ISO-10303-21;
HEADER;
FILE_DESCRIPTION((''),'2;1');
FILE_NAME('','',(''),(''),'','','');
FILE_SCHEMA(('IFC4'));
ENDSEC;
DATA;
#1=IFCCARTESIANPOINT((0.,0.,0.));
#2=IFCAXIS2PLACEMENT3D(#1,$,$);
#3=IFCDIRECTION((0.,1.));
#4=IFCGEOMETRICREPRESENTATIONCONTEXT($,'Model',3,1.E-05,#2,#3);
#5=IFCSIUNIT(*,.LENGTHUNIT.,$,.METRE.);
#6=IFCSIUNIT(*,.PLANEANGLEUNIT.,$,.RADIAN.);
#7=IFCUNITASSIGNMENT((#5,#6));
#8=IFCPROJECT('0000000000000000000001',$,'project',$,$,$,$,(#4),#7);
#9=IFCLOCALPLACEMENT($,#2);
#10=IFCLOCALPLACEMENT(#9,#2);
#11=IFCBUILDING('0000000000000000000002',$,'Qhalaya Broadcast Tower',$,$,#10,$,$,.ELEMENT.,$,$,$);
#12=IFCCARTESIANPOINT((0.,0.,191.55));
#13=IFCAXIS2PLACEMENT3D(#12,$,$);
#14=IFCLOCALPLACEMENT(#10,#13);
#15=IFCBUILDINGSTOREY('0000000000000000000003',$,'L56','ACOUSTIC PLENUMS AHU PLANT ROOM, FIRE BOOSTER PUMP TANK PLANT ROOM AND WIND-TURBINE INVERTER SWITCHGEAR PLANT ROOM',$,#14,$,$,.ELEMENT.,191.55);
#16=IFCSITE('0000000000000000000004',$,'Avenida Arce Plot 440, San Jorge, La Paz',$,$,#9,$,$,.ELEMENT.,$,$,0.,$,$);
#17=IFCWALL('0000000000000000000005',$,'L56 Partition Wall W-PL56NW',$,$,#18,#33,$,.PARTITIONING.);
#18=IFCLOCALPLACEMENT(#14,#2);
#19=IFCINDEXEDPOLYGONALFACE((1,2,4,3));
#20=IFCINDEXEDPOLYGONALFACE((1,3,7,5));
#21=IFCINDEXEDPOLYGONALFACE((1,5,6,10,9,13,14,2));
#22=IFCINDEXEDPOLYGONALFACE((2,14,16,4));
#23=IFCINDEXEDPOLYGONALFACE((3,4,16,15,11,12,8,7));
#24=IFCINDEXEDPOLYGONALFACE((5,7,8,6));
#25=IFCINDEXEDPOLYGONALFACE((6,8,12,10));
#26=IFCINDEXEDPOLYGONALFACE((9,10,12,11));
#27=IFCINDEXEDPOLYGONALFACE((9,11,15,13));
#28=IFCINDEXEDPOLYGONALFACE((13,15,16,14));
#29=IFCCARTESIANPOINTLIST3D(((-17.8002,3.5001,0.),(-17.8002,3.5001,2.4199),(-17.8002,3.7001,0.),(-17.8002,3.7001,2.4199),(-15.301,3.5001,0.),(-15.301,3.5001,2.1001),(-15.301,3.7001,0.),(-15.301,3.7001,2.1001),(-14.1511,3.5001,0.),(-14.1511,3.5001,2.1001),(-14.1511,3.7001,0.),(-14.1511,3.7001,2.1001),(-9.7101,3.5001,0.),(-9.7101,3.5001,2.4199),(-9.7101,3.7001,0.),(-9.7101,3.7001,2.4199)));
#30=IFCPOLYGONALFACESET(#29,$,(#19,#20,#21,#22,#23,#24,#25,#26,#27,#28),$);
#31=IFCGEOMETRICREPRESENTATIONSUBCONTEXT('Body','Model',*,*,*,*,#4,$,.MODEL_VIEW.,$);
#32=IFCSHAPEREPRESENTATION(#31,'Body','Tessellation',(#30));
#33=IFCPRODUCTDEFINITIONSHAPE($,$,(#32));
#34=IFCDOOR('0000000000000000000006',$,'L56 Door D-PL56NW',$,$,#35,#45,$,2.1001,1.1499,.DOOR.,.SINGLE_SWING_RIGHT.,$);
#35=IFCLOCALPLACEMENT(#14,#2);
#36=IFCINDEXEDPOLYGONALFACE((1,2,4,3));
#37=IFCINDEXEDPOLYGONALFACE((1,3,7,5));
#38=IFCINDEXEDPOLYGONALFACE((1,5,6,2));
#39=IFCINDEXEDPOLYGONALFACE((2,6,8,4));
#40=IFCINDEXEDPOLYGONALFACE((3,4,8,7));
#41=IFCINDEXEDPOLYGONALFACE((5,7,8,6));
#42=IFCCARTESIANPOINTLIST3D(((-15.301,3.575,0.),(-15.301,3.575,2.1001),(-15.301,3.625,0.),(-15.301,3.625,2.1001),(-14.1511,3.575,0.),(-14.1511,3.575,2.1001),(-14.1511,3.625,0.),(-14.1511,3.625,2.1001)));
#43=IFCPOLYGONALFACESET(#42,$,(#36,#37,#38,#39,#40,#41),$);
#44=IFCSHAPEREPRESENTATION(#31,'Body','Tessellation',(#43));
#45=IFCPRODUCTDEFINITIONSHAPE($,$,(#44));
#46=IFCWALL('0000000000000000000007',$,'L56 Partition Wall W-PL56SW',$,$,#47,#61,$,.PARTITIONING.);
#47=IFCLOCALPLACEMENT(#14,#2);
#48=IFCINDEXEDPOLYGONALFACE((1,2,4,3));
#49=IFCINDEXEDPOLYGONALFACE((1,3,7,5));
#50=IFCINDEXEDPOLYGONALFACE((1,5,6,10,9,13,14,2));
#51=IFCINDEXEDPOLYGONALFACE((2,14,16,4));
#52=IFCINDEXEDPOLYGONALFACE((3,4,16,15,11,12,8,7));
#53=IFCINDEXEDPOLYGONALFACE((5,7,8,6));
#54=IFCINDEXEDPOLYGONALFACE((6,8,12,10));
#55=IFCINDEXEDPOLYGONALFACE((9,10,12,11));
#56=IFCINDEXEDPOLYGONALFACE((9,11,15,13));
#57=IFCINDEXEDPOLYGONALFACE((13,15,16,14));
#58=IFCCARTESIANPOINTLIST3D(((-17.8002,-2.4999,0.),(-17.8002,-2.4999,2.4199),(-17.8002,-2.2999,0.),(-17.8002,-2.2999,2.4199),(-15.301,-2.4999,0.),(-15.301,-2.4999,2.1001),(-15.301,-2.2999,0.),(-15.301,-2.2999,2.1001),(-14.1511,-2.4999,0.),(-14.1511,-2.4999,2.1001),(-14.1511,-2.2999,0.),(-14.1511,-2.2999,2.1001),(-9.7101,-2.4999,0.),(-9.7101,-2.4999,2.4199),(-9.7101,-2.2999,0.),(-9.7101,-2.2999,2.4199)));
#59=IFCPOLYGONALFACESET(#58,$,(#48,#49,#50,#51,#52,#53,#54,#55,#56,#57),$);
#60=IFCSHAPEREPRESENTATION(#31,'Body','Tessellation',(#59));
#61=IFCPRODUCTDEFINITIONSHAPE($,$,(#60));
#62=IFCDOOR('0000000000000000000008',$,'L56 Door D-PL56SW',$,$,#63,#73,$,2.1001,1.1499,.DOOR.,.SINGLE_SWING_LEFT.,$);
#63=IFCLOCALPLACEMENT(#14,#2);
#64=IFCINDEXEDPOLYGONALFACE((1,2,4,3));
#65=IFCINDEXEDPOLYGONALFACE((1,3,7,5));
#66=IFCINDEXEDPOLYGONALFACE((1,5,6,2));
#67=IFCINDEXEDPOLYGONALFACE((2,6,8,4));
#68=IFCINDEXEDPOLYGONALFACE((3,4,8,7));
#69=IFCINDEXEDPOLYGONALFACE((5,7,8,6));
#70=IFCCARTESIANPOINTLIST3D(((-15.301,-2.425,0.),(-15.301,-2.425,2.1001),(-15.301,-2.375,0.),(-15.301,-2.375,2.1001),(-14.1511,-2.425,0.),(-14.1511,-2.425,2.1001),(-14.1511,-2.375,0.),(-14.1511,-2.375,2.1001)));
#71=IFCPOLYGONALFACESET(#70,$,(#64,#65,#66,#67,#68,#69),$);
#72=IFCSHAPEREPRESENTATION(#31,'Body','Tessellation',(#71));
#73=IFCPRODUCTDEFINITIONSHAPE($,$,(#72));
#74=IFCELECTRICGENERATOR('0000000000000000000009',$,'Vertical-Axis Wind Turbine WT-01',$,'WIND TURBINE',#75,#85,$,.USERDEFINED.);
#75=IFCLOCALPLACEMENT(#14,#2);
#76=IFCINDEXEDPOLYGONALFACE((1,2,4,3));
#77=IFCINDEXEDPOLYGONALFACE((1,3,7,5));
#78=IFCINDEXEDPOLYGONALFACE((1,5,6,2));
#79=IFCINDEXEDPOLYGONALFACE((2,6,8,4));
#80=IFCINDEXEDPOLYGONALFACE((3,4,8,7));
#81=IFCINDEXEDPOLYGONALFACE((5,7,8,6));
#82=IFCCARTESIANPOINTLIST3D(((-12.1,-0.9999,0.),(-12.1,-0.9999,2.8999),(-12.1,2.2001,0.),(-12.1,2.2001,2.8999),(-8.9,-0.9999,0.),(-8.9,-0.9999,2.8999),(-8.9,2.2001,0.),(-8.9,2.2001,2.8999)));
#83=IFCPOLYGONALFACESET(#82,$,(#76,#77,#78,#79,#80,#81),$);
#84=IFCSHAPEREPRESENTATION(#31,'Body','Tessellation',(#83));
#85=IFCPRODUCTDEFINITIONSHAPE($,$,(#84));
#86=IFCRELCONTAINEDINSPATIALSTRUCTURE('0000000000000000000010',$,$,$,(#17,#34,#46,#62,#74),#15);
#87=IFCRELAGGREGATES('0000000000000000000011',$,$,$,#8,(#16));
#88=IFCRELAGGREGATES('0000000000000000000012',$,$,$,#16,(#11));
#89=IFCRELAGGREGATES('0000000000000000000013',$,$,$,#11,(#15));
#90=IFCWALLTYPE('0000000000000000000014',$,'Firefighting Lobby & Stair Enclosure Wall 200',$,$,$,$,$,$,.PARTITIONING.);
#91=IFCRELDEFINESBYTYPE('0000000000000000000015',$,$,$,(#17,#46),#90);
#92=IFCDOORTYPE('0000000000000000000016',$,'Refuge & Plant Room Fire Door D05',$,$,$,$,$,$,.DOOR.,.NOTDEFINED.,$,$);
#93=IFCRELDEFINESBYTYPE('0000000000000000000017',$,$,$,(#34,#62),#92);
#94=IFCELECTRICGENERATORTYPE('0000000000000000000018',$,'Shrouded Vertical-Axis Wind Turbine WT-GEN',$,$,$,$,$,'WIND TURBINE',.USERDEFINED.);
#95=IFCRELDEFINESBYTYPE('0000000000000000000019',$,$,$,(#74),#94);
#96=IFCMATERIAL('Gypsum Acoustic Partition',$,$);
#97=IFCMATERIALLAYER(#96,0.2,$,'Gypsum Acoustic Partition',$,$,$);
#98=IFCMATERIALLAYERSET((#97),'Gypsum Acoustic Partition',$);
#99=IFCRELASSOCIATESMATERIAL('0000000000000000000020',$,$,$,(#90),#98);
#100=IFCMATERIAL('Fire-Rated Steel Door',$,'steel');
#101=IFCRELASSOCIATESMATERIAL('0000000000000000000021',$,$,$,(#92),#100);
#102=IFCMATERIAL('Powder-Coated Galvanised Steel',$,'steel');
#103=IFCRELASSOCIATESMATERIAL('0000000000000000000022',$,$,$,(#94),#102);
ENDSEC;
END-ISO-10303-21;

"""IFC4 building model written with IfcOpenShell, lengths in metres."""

from ifc_helpers import new_model, si_unit, direction, frame, frame_2d, origin, origin_2d, place, context, subcontext, project, spatial, rectangle, extrude, material, layer, layer_set, type_object, element, fill, save


model = new_model("IFC4")

# Units and contexts
model_context = context("Model", 3, precision=1e-05, world=origin(), true_north=direction((0.0, 1.0)))
body_context = subcontext(model_context, "Body", "Model", "MODEL_VIEW")
ifc_project = project(units=[si_unit("LENGTHUNIT", "METRE"), si_unit("PLANEANGLEUNIT", "RADIAN")], contexts=[model_context])

# Site, building, storey
site_placement = place(None, origin())
site = spatial("IfcSite", under=ifc_project, at=site_placement, Name="Avenida Arce Plot 440, San Jorge, La Paz", CompositionType="ELEMENT", RefElevation=0.0)
building_placement = place(site_placement, origin())
building = spatial("IfcBuilding", under=site, at=building_placement, Name="Qhalaya Broadcast Tower", CompositionType="ELEMENT")
storey_placement = place(building_placement, frame((0.0, 0.0, 191.55)))
storey = spatial("IfcBuildingStorey", under=building, at=storey_placement, Name="L56", Description="ACOUSTIC PLENUMS AHU PLANT ROOM, FIRE BOOSTER PUMP TANK PLANT ROOM AND WIND-TURBINE INVERTER SWITCHGEAR PLANT ROOM", CompositionType="ELEMENT", Elevation=191.55)

# Walls, openings, doors
ifc_material_1 = material(Name="Gypsum Acoustic Partition")
ifc_layer_1 = layer(ifc_material_1, 0.2, Name="Gypsum Acoustic Partition")
ifc_layer_set_1 = layer_set([ifc_layer_1], Name="Gypsum Acoustic Partition")
wall_type_1 = type_object("IfcWallType", Name="Firefighting Lobby & Stair Enclosure Wall 200", PredefinedType="PARTITIONING", material=ifc_layer_set_1)
wall_1_placement = place(storey_placement, frame((-17.8, 3.6001, 0.0), z_axis=(0.0, 0.0, 1.0), x_axis=(1.0, 0.0, 0.0)))
wall_1 = element("IfcWall", 1, at=wall_1_placement, inside=storey, type_object=wall_type_1, Name="L56 Partition Wall W-PL56NW", PredefinedType="PARTITIONING", context=body_context, shape_type="SweptSolid", body=[
    extrude(rectangle(XDim=8.0901, YDim=0.2, at=frame_2d((4.0449, 0.0))), origin(), (0.0, 0.0, 1.0), 2.4199),
])
opening_1_placement = place(wall_1_placement, frame((2.499, 0.0, 0.0)))
opening_1 = element("IfcOpeningElement", 2, at=opening_1_placement, cuts=wall_1, PredefinedType="OPENING", context=body_context, shape_type="SweptSolid", body=[
    extrude(rectangle(XDim=1.1499, YDim=2.1001, at=frame_2d((0.575, 1.05))), frame((0.0, 0.1121, 0.0), z_axis=(0.0, -1.0, 0.0), x_axis=(1.0, 0.0, 0.0)), (0.0, 0.0, 1.0), 0.2239),
])
ifc_material_2 = material(Name="Fire-Rated Steel Door", Category="steel")
door_type_1 = type_object("IfcDoorType", Name="Refuge & Plant Room Fire Door D05", OperationType="NOTDEFINED", PredefinedType="DOOR", material=ifc_material_2)
door_1_placement = place(opening_1_placement, origin())
door_1 = element("IfcDoor", 3, at=door_1_placement, inside=storey, type_object=door_type_1, Name="L56 Door D-PL56NW", OperationType="SINGLE_SWING_RIGHT", OverallHeight=2.1001, OverallWidth=1.1499, PredefinedType="DOOR", context=body_context, shape_type="SweptSolid", body=[
    extrude(rectangle(XDim=1.1499, YDim=2.1001, at=frame_2d((0.575, 1.05))), frame((0.0, 0.0249, 0.0), z_axis=(0.0, -1.0, 0.0), x_axis=(1.0, 0.0, 0.0)), (0.0, 0.0, 1.0), 0.05),
])
fill(opening_1, door_1)
wall_2_placement = place(storey_placement, frame((-17.8, -2.3999, 0.0), z_axis=(0.0, 0.0, 1.0), x_axis=(1.0, 0.0, 0.0)))
wall_2 = element("IfcWall", 4, at=wall_2_placement, inside=storey, type_object=wall_type_1, Name="L56 Partition Wall W-PL56SW", PredefinedType="PARTITIONING", context=body_context, shape_type="SweptSolid", body=[
    extrude(rectangle(XDim=8.0901, YDim=0.2, at=frame_2d((4.0449, 0.0))), origin(), (0.0, 0.0, 1.0), 2.4199),
])
opening_2_placement = place(wall_2_placement, frame((2.499, 0.0, 0.0)))
opening_2 = element("IfcOpeningElement", 5, at=opening_2_placement, cuts=wall_2, PredefinedType="OPENING", context=body_context, shape_type="SweptSolid", body=[
    extrude(rectangle(XDim=1.1499, YDim=2.1001, at=frame_2d((0.575, 1.05))), frame((0.0, 0.1121, 0.0), z_axis=(0.0, -1.0, 0.0), x_axis=(1.0, 0.0, 0.0)), (0.0, 0.0, 1.0), 0.2239),
])
door_2_placement = place(opening_2_placement, origin())
door_2 = element("IfcDoor", 6, at=door_2_placement, inside=storey, type_object=door_type_1, Name="L56 Door D-PL56SW", OperationType="SINGLE_SWING_LEFT", OverallHeight=2.1001, OverallWidth=1.1499, PredefinedType="DOOR", context=body_context, shape_type="SweptSolid", body=[
    extrude(rectangle(XDim=1.1499, YDim=2.1001, at=frame_2d((0.575, 1.05))), frame((0.0, 0.0249, 0.0), z_axis=(0.0, -1.0, 0.0), x_axis=(1.0, 0.0, 0.0)), (0.0, 0.0, 1.0), 0.05),
])
fill(opening_2, door_2)

# Electric generator
ifc_material_3 = material(Name="Powder-Coated Galvanised Steel", Category="steel")
electric_generator_type = type_object("IfcElectricGeneratorType", Name="Shrouded Vertical-Axis Wind Turbine WT-GEN", ElementType="WIND TURBINE", PredefinedType="USERDEFINED", material=ifc_material_3)
electric_generator_placement = place(storey_placement, frame((-10.5, 0.6001, 0.0), z_axis=(0.0, 0.0, 1.0), x_axis=(1.0, 0.0, 0.0)))
element("IfcElectricGenerator", 7, at=electric_generator_placement, inside=storey, type_object=electric_generator_type, Name="Vertical-Axis Wind Turbine WT-01", ObjectType="WIND TURBINE", PredefinedType="USERDEFINED", context=body_context, shape_type="SweptSolid", body=[
    extrude(rectangle(XDim=3.2, YDim=3.2, at=origin_2d()), origin(), (0.0, 0.0, 1.0), 2.8999),
])

save(model, "model.ifc")
